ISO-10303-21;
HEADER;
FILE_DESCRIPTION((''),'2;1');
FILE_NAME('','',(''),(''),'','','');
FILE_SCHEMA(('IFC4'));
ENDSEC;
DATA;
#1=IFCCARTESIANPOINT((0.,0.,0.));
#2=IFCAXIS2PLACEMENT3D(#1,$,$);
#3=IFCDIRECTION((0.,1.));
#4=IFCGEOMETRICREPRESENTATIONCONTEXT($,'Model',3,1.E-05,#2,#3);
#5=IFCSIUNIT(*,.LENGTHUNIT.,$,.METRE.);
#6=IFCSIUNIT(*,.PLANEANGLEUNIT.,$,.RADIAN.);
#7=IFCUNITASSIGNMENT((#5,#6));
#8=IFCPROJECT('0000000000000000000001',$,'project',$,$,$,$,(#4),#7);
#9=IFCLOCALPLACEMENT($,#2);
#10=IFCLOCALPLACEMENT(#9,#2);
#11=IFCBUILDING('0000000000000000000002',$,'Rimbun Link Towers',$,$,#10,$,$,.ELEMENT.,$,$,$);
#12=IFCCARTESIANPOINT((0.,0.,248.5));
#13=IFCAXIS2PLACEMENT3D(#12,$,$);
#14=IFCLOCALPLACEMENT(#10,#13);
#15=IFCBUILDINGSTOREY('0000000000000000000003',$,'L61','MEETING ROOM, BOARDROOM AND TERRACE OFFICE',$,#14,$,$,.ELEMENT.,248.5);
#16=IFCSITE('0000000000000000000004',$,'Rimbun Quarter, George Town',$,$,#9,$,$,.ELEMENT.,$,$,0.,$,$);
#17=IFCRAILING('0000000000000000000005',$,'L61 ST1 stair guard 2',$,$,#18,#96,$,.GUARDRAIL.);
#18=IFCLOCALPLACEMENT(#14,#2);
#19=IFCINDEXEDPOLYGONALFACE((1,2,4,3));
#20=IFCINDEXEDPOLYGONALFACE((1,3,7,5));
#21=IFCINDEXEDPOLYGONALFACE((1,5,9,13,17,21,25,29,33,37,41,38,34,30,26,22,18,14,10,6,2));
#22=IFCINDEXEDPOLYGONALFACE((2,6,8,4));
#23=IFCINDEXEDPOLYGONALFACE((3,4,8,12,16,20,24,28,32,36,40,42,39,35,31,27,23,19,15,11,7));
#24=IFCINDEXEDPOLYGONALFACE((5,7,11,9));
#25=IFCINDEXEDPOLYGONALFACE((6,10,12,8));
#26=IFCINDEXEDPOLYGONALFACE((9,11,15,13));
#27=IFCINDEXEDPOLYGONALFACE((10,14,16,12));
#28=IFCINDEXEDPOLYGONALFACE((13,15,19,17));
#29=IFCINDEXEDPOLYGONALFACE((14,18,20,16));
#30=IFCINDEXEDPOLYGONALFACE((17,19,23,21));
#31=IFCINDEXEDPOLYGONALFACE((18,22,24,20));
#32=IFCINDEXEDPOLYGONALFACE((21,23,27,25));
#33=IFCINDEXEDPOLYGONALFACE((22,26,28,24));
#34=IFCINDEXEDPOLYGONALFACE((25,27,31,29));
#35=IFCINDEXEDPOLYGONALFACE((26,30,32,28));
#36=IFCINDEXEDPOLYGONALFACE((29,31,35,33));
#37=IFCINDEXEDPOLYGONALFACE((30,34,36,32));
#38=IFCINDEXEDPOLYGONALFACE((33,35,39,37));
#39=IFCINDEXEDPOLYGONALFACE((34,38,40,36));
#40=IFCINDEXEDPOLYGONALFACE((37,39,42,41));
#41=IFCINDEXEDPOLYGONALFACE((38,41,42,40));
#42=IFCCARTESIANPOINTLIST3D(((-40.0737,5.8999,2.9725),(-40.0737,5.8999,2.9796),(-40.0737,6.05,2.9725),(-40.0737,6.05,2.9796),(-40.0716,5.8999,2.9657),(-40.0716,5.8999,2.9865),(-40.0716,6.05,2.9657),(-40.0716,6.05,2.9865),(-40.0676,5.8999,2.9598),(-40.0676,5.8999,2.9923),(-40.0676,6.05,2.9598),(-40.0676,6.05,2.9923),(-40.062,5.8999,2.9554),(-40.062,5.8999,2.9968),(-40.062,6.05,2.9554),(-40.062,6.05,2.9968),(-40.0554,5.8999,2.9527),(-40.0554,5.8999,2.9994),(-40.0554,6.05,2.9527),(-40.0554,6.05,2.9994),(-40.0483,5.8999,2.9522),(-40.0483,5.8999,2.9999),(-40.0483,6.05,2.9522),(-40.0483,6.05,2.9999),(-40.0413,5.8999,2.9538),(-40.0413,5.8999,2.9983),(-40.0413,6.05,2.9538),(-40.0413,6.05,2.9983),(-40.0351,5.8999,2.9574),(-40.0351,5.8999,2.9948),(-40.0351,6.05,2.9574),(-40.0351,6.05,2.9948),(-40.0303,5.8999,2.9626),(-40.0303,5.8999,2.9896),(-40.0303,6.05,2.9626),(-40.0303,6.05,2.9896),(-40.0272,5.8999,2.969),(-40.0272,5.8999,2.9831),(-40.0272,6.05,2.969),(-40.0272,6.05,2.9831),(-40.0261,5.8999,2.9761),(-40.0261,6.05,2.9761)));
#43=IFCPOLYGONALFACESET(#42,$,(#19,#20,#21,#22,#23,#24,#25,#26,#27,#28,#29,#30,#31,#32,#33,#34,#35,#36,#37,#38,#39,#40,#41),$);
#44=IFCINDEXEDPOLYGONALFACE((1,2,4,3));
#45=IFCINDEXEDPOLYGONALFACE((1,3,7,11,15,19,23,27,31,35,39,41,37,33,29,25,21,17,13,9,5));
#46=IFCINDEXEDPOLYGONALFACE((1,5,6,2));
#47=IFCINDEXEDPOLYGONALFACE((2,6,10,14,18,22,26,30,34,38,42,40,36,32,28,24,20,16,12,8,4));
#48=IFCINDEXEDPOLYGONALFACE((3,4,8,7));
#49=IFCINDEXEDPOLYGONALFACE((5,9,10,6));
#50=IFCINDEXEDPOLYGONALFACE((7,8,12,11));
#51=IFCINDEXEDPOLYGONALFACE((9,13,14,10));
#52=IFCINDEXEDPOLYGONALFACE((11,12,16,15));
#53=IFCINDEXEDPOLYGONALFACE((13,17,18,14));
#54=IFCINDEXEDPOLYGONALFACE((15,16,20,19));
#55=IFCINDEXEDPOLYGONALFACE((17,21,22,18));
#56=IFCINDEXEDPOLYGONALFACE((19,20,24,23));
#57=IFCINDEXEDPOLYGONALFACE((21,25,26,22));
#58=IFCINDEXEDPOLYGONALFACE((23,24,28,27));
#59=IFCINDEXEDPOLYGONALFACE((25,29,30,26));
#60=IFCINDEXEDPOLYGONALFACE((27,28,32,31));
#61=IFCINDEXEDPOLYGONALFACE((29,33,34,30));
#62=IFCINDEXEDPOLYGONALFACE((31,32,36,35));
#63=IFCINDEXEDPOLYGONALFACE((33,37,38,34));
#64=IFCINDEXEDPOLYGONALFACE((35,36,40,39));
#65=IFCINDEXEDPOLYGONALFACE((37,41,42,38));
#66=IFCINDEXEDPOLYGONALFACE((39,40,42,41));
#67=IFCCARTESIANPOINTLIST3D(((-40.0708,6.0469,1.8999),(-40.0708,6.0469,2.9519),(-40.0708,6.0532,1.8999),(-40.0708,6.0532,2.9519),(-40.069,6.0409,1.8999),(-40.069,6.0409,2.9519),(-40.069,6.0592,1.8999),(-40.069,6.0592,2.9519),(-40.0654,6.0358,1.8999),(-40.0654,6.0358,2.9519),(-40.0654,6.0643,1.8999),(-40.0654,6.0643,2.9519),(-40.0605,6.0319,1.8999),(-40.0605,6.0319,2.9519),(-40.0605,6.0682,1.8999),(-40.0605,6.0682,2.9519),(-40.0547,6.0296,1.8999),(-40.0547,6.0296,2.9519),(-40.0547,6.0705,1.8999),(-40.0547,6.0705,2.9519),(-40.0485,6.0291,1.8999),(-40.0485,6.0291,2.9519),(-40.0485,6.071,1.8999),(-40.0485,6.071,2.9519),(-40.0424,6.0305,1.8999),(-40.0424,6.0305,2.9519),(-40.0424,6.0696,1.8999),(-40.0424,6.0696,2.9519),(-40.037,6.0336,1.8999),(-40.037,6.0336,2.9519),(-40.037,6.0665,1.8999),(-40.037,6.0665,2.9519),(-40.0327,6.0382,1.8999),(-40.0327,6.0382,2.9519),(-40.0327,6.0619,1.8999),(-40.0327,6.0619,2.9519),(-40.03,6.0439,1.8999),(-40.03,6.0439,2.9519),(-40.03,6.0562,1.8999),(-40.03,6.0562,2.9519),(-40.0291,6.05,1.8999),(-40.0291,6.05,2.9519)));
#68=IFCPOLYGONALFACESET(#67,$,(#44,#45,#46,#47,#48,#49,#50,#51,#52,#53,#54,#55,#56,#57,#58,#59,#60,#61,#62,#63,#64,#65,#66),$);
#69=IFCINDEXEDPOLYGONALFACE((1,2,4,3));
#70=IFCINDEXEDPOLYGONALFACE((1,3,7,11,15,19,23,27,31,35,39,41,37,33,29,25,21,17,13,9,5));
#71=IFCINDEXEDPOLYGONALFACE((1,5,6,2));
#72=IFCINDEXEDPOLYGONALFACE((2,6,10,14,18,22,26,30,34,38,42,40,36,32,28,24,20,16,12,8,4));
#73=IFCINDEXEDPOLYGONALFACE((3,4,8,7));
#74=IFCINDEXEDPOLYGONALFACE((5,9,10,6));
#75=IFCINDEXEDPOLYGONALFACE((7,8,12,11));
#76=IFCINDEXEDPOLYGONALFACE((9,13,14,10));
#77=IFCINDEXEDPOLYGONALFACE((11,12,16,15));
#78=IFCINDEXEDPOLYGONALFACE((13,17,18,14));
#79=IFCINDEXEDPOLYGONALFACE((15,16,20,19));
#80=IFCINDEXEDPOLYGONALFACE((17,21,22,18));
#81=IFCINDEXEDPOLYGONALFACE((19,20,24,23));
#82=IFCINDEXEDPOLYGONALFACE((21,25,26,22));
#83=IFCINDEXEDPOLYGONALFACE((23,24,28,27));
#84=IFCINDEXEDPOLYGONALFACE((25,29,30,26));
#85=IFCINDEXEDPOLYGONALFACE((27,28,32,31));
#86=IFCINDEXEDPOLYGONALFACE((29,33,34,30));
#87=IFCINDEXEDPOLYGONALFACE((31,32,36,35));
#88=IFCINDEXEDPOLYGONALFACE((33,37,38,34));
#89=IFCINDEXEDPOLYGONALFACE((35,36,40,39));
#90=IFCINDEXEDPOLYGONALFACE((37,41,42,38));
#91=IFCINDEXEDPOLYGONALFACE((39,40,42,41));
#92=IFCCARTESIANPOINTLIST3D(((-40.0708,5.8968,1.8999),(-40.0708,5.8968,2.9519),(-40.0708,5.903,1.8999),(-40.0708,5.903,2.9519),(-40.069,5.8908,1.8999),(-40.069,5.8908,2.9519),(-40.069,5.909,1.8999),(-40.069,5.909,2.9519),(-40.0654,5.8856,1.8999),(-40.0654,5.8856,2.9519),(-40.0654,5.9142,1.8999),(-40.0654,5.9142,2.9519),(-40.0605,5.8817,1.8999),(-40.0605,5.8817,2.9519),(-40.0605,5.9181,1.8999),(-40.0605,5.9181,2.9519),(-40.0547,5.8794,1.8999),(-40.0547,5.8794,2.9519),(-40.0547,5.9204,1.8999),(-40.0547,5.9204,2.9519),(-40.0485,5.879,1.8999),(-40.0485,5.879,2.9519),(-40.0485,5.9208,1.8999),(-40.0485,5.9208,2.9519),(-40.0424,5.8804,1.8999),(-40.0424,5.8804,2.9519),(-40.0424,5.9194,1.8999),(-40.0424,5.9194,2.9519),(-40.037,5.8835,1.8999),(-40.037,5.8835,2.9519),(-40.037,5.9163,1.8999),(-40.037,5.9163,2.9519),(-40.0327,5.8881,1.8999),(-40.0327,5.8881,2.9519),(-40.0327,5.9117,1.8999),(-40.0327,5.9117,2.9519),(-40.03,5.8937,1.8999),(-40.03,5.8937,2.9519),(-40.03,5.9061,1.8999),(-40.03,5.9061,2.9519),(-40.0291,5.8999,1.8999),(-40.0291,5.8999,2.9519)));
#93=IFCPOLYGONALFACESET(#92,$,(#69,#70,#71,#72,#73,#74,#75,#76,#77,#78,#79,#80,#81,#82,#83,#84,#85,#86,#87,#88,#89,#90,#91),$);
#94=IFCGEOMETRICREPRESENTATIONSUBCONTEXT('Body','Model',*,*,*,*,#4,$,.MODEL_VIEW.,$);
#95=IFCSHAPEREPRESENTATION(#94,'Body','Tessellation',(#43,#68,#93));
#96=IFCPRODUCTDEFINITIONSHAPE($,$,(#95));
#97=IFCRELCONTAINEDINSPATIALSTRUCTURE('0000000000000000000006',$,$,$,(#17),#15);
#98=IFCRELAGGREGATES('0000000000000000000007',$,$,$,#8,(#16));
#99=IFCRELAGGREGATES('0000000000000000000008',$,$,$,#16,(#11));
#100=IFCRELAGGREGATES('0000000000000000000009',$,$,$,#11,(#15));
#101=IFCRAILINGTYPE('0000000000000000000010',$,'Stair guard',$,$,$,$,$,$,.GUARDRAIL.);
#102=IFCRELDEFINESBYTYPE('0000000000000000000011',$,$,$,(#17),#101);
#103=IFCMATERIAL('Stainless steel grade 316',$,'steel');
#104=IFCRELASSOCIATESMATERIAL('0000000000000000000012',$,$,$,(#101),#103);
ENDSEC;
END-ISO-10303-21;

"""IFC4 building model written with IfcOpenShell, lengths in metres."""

from ifc_helpers import new_model, si_unit, direction, frame, origin, origin_2d, place, context, subcontext, project, spatial, circle, extrude, material, type_object, element, save


model = new_model("IFC4")

# Units and contexts
model_context = context("Model", 3, precision=1e-05, world=origin(), true_north=direction((0.0, 1.0)))
body_context = subcontext(model_context, "Body", "Model", "MODEL_VIEW")
ifc_project = project(units=[si_unit("LENGTHUNIT", "METRE"), si_unit("PLANEANGLEUNIT", "RADIAN")], contexts=[model_context])

# Site, building, storey
site_placement = place(None, origin())
site = spatial("IfcSite", under=ifc_project, at=site_placement, Name="Rimbun Quarter, George Town", CompositionType="ELEMENT", RefElevation=0.0)
building_placement = place(site_placement, origin())
building = spatial("IfcBuilding", under=site, at=building_placement, Name="Rimbun Link Towers", CompositionType="ELEMENT")
storey_placement = place(building_placement, frame((0.0, 0.0, 248.5)))
storey = spatial("IfcBuildingStorey", under=building, at=storey_placement, Name="L61", Description="MEETING ROOM, BOARDROOM AND TERRACE OFFICE", CompositionType="ELEMENT", Elevation=248.5)

# Railing
ifc_material_1 = material(Name="Stainless steel grade 316", Category="steel")
railing_type_1 = type_object("IfcRailingType", Name="Stair guard", PredefinedType="GUARDRAIL", material=ifc_material_1)
railing_1_placement = place(storey_placement, frame((-40.05, 6.05, 1.8999)))
element("IfcRailing", 1, at=railing_1_placement, inside=storey, type_object=railing_type_1, Name="L61 ST1 stair guard 2", PredefinedType="GUARDRAIL", context=body_context, shape_type="SweptSolid", body=[
    extrude(circle(Radius=0.0239, at=origin_2d()), frame((0.0, 0.0, 1.0762), z_axis=(0.0, -1.0, 0.0), x_axis=(1.0, 0.0, 0.0)), (0.0, 0.0, 1.0), 0.1501),
    extrude(circle(Radius=0.021, at=origin_2d()), origin(), (0.0, 0.0, 1.0), 1.052),
    extrude(circle(Radius=0.021, at=origin_2d()), frame((0.0, -0.1501, 0.0)), (0.0, 0.0, 1.0), 1.052),
])

save(model, "model.ifc")
